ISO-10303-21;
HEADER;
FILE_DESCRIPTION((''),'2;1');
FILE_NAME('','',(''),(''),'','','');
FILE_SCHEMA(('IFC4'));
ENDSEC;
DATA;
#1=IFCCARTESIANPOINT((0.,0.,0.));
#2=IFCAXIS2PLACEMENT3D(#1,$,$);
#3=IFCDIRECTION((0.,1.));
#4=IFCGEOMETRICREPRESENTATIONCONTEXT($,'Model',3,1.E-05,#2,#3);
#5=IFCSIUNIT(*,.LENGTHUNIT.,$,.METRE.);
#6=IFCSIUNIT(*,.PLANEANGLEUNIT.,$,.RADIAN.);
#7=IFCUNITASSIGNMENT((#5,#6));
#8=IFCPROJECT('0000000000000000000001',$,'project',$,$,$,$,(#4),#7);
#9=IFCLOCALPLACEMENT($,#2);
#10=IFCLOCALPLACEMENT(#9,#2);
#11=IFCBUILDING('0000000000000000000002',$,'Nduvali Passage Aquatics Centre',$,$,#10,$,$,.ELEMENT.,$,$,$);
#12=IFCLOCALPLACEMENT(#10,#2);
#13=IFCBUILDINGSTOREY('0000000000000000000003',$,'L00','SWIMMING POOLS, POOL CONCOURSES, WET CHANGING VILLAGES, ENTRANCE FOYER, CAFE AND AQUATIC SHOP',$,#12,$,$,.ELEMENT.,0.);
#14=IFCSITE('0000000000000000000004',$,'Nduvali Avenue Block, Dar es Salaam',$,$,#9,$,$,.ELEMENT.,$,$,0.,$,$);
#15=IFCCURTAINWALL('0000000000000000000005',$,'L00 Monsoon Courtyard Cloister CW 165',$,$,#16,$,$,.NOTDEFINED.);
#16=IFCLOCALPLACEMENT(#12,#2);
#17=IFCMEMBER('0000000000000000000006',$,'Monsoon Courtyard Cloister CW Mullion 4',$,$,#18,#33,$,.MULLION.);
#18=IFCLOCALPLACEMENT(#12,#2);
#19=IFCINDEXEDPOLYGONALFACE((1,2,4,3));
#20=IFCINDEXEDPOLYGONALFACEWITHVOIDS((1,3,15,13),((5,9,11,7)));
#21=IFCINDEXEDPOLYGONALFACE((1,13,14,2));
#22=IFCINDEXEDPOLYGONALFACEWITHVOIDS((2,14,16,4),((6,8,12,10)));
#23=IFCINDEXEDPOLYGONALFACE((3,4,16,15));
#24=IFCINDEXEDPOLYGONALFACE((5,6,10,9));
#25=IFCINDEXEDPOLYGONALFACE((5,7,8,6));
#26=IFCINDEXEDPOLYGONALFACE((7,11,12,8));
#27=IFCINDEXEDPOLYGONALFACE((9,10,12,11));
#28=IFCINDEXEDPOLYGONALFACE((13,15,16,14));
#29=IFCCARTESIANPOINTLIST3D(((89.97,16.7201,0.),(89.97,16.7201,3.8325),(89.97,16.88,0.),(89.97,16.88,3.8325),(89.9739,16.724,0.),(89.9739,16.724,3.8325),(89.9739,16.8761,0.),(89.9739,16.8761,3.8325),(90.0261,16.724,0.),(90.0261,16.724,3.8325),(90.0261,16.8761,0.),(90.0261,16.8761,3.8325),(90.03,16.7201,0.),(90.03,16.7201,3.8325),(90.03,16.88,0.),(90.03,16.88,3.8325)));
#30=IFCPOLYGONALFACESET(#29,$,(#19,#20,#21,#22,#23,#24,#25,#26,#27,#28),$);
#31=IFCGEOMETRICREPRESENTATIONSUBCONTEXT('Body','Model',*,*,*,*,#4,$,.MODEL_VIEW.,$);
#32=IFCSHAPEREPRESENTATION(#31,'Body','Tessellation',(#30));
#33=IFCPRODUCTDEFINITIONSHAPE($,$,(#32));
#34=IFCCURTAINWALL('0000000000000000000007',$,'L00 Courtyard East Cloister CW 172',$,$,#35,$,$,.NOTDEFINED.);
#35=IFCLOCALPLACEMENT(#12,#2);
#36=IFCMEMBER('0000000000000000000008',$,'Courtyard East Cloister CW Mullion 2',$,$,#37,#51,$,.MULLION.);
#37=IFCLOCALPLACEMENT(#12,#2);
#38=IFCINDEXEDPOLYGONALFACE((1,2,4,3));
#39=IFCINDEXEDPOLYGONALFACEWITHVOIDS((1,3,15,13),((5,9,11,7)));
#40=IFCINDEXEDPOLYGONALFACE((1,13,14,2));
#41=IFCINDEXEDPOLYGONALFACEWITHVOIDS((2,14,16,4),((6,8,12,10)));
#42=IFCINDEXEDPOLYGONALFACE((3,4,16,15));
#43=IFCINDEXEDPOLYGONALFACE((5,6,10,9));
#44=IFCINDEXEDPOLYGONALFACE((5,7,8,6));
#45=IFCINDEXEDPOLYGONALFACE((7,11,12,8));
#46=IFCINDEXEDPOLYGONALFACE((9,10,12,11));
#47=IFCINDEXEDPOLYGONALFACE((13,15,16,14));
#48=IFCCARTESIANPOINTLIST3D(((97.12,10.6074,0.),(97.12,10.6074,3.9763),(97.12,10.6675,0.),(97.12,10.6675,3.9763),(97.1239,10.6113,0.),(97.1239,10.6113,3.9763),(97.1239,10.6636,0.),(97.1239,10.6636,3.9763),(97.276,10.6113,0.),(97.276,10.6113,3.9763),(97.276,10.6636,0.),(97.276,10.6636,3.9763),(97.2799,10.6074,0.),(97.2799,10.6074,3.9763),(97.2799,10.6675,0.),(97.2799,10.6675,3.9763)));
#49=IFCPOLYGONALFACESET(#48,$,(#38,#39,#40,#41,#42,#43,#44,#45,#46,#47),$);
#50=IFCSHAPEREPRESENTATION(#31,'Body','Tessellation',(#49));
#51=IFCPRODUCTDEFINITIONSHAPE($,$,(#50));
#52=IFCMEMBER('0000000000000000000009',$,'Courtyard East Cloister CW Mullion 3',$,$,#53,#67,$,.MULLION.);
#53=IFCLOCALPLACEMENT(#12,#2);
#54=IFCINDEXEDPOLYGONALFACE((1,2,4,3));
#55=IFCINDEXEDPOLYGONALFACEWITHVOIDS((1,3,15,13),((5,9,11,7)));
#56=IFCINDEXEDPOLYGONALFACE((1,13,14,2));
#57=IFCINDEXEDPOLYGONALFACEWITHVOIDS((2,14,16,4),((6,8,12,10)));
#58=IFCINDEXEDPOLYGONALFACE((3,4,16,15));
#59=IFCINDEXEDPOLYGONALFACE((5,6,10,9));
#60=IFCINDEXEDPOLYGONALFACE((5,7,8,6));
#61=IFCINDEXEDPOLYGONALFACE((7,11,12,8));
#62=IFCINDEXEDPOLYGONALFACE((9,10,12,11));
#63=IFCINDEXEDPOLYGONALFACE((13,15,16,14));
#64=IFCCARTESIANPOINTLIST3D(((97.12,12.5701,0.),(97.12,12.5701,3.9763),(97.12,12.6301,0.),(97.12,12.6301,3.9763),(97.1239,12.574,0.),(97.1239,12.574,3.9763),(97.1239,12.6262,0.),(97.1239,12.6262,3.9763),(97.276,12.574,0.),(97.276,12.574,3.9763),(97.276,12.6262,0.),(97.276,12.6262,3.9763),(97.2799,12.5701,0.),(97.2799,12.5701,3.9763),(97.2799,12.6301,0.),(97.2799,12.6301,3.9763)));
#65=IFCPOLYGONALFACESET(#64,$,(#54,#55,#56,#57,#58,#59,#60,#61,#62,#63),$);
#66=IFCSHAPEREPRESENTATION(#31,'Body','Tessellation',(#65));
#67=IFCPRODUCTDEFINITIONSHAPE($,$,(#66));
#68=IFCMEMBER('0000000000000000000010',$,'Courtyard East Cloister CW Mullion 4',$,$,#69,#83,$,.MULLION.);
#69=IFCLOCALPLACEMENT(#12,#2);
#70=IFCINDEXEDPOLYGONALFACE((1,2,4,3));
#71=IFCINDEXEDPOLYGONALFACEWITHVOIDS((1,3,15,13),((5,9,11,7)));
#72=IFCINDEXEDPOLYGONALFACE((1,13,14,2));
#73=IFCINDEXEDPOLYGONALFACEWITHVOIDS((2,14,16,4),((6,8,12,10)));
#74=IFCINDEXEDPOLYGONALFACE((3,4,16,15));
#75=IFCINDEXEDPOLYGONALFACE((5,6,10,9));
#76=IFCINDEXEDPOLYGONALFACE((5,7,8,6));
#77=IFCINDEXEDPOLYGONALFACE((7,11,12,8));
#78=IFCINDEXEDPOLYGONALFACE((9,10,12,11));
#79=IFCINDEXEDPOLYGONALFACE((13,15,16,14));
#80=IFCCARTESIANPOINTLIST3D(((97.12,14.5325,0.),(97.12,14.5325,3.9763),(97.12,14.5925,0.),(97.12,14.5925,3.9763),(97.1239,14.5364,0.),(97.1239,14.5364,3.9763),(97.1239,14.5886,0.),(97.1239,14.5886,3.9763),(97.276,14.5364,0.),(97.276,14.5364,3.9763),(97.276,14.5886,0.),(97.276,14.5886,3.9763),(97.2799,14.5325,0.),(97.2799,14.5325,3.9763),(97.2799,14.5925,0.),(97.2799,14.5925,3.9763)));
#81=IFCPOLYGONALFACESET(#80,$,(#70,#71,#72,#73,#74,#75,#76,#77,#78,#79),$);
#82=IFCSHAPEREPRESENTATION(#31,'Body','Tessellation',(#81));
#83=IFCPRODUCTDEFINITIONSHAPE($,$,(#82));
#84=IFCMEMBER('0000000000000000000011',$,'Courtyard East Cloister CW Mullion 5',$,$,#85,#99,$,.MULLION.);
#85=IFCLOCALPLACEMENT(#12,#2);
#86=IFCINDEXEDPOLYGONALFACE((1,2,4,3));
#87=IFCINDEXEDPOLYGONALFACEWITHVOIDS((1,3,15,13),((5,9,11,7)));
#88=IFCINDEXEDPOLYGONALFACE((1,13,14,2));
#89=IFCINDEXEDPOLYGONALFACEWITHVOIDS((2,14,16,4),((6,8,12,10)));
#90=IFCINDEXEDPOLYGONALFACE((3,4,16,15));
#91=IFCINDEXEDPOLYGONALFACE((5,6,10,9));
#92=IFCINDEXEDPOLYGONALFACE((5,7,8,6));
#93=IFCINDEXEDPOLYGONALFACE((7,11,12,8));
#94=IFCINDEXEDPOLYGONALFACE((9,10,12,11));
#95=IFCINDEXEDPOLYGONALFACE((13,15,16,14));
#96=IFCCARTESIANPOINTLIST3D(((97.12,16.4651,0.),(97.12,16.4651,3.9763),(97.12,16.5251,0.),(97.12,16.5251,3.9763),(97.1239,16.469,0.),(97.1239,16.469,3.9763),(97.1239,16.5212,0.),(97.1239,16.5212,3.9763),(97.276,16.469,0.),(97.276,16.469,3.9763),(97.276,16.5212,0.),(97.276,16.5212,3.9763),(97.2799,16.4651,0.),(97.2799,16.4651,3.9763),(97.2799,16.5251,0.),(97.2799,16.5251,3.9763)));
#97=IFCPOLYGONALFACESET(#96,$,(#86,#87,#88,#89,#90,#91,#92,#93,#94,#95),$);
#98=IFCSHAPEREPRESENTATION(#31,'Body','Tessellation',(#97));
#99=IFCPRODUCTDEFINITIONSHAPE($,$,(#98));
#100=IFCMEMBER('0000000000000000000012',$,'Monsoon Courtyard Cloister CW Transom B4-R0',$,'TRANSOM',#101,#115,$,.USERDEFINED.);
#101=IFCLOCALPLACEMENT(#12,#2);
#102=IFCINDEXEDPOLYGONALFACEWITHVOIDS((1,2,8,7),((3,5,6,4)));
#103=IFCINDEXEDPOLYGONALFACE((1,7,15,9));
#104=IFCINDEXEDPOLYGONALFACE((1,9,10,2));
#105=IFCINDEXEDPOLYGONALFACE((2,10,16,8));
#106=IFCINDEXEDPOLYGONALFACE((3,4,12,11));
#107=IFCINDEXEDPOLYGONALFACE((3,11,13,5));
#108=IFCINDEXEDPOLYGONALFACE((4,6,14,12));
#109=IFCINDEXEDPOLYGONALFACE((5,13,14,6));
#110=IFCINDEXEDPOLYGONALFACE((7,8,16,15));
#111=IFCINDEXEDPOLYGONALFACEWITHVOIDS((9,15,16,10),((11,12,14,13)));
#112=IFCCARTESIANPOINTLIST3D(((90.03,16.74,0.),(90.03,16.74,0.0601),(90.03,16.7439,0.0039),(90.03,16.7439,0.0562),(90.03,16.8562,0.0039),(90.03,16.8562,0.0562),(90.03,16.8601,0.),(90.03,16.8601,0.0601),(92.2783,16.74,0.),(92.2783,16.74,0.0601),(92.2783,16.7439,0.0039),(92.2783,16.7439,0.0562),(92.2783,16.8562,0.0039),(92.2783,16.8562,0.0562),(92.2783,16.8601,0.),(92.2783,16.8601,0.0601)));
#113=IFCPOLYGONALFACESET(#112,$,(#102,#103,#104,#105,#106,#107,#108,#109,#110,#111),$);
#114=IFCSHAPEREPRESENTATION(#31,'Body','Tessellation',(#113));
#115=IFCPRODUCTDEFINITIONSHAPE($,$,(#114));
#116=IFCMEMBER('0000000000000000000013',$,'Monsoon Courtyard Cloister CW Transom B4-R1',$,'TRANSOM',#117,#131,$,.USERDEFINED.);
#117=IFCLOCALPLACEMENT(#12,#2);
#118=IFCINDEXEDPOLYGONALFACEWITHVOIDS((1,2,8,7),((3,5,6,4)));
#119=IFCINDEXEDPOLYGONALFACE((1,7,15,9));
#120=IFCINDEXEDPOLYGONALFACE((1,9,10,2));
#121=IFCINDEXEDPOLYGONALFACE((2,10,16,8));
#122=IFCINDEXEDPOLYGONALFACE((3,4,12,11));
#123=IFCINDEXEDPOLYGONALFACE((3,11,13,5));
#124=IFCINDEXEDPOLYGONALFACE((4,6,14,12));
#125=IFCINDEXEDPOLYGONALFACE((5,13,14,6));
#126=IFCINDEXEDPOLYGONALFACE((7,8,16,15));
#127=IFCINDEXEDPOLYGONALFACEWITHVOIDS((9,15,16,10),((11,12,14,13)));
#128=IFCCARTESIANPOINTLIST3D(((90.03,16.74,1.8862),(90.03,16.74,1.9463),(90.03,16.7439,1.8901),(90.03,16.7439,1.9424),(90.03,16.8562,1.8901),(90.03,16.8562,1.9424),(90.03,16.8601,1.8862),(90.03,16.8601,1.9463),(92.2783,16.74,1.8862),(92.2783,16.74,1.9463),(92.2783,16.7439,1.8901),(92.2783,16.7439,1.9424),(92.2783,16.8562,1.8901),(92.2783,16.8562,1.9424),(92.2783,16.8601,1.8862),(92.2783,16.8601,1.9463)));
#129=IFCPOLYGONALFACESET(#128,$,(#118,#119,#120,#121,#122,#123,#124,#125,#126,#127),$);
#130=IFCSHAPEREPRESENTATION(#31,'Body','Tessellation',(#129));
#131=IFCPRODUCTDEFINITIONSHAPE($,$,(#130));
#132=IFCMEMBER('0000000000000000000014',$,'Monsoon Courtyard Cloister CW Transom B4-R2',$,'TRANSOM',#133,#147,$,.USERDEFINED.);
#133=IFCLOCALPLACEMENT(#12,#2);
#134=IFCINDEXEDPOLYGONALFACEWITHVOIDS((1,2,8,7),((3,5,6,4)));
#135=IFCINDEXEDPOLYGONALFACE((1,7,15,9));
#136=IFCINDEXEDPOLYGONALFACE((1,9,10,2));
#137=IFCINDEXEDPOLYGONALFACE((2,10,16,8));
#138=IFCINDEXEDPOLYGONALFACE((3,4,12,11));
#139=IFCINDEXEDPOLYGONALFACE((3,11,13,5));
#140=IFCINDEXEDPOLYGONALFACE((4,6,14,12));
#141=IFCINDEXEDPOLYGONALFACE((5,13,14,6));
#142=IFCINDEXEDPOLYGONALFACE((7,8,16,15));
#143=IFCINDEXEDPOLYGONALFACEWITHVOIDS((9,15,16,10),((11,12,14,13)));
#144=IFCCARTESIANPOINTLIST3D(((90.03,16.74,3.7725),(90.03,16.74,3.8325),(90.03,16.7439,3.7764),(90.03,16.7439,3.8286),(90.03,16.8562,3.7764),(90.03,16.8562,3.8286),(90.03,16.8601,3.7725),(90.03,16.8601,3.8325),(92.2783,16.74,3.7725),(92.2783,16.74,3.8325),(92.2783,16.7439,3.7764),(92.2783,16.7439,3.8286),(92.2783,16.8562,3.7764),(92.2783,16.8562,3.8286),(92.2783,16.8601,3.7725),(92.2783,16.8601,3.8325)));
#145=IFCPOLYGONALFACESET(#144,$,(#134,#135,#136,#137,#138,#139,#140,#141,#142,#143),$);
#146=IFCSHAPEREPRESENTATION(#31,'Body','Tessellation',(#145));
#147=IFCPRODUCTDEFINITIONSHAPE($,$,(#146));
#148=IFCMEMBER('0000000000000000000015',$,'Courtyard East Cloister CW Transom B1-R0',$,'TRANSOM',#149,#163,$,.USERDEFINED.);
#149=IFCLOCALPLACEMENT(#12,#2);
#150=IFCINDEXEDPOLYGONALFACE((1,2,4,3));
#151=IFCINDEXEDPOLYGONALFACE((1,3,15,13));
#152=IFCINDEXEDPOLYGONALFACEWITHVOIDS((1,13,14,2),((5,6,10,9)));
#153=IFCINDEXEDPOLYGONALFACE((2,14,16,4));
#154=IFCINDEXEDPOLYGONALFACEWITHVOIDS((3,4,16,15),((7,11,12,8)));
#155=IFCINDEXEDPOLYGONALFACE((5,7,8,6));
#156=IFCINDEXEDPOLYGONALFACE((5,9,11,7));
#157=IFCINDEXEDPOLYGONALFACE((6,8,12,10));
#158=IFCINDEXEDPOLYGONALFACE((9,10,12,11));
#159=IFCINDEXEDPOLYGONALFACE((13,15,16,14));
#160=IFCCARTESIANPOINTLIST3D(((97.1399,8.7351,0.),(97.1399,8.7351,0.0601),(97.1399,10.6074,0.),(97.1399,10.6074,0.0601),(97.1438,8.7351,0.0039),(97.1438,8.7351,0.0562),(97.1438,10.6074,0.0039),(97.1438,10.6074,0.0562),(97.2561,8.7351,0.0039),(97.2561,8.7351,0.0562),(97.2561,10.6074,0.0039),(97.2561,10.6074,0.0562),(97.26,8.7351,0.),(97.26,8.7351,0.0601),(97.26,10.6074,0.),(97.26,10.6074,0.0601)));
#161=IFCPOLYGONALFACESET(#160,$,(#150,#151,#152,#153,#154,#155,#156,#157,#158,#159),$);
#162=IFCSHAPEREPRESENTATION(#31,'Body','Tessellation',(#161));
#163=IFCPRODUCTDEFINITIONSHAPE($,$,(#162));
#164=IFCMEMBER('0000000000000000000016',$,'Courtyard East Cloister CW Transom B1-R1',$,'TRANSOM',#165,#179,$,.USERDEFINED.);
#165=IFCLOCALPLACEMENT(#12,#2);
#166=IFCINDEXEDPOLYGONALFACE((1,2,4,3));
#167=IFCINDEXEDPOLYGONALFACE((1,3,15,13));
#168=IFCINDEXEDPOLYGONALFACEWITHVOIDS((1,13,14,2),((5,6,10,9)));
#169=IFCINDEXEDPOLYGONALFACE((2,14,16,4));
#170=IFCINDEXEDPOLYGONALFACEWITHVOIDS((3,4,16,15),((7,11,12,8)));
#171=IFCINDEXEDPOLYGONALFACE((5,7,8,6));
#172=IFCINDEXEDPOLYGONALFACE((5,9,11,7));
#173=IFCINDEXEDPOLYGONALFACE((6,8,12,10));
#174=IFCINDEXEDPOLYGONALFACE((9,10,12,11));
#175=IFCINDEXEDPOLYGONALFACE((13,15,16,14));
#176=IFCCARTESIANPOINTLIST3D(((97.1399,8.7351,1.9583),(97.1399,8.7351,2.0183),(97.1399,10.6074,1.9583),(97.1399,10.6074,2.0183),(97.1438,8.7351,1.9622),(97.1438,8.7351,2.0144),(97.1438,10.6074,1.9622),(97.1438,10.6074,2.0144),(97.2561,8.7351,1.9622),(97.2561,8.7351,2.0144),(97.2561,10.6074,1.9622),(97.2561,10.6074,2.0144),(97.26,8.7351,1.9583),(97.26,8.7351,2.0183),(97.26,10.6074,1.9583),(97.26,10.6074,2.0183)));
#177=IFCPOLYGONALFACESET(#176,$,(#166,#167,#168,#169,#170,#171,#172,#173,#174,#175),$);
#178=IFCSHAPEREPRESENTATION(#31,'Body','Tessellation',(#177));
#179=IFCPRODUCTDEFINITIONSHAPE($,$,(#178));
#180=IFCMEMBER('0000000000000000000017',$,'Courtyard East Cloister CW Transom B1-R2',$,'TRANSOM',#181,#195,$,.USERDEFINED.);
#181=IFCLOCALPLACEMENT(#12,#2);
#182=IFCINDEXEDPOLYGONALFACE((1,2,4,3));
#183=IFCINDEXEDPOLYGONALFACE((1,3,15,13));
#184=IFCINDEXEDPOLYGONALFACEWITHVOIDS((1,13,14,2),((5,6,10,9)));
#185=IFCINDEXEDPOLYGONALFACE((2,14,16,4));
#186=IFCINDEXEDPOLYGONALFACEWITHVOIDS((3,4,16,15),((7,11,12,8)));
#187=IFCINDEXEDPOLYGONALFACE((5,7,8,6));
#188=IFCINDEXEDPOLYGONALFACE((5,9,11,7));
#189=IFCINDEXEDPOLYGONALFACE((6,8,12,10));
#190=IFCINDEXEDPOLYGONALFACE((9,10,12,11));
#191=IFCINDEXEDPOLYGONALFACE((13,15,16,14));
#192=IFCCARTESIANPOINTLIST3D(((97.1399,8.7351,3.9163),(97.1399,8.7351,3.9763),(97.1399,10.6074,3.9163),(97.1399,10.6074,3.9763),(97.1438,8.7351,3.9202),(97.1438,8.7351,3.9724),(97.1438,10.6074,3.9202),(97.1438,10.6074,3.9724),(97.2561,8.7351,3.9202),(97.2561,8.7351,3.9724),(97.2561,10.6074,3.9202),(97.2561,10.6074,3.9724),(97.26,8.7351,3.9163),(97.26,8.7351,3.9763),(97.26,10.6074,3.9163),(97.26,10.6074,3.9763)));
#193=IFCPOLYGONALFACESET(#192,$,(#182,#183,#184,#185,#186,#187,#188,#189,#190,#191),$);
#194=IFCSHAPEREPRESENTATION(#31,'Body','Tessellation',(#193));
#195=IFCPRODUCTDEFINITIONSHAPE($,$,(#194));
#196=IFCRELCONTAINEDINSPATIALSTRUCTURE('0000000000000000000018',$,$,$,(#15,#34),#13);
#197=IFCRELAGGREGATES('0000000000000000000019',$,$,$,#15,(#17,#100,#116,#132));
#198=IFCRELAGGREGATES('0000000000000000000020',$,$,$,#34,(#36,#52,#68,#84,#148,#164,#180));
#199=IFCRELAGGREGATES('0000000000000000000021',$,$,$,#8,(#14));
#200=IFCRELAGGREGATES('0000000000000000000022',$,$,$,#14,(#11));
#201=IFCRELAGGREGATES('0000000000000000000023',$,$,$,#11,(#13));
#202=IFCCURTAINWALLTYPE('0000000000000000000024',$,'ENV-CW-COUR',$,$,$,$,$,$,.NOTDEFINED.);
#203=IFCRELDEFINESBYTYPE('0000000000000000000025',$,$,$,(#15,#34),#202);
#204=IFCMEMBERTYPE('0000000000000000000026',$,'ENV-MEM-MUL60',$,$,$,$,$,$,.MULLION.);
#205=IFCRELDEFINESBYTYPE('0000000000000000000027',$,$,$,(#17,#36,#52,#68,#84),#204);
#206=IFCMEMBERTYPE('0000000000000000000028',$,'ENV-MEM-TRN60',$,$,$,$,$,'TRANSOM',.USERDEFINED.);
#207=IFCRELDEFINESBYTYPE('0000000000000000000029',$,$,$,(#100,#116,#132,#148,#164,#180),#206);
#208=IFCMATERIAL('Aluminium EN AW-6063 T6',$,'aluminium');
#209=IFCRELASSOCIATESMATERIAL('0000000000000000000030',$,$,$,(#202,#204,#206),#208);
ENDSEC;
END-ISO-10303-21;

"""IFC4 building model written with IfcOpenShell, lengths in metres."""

from ifc_helpers import new_model, si_unit, direction, frame, origin, origin_2d, place, context, subcontext, project, spatial, hollow_rectangle, extrude, material, material_profile, profile_set, type_object, element, aggregate, save


model = new_model("IFC4")

# Units and contexts
model_context = context("Model", 3, precision=1e-05, world=origin(), true_north=direction((0.0, 1.0)))
body_context = subcontext(model_context, "Body", "Model", "MODEL_VIEW")
ifc_project = project(units=[si_unit("LENGTHUNIT", "METRE"), si_unit("PLANEANGLEUNIT", "RADIAN")], contexts=[model_context])

# Site, building, storey
site_placement = place(None, origin())
site = spatial("IfcSite", under=ifc_project, at=site_placement, Name="Nduvali Avenue Block, Dar es Salaam", CompositionType="ELEMENT", RefElevation=0.0)
building_placement = place(site_placement, origin())
building = spatial("IfcBuilding", under=site, at=building_placement, Name="Nduvali Passage Aquatics Centre", CompositionType="ELEMENT")
storey_placement = place(building_placement, origin())
storey = spatial("IfcBuildingStorey", under=building, at=storey_placement, Name="L00", Description="SWIMMING POOLS, POOL CONCOURSES, WET CHANGING VILLAGES, ENTRANCE FOYER, CAFE AND AQUATIC SHOP", CompositionType="ELEMENT", Elevation=0.0)

# Curtain wall, member
ifc_material_1 = material(Name="Aluminium EN AW-6063 T6", Category="aluminium")
curtain_wall_type = type_object("IfcCurtainWallType", Name="ENV-CW-COUR", PredefinedType="NOTDEFINED", material=ifc_material_1)
curtain_wall_1_placement = place(storey_placement, origin())
curtain_wall_1 = element("IfcCurtainWall", 1, at=curtain_wall_1_placement, inside=storey, type_object=curtain_wall_type, Name="L00 Monsoon Courtyard Cloister CW 165", PredefinedType="NOTDEFINED")
ifc_material_profile_1 = material_profile(ifc_material_1, hollow_rectangle(XDim=0.0601, YDim=0.1599, WallThickness=0.0039, at=origin_2d()), Name="ALU MULLION 60x160x4")
ifc_profile_set_1 = profile_set([ifc_material_profile_1], Name="Aluminium EN AW-6063 T6")
member_type_1 = type_object("IfcMemberType", Name="ENV-MEM-MUL60", PredefinedType="MULLION", material=ifc_profile_set_1)
member_1_placement = place(storey_placement, frame((90.0, 16.8, 0.0), z_axis=(0.0, 0.0, 1.0), x_axis=(1.0, 0.0, 0.0)))
member_1 = element("IfcMember", 2, at=member_1_placement, type_object=member_type_1, Name="Monsoon Courtyard Cloister CW Mullion 4", PredefinedType="MULLION", context=body_context, shape_type="SweptSolid", body=[
    extrude(hollow_rectangle(XDim=0.0601, YDim=0.1599, WallThickness=0.0039, at=origin_2d()), origin(), (0.0, 0.0, 1.0), 3.8325),
])

# Curtain wall, members
curtain_wall_2_placement = place(storey_placement, origin())
curtain_wall_2 = element("IfcCurtainWall", 3, at=curtain_wall_2_placement, inside=storey, type_object=curtain_wall_type, Name="L00 Courtyard East Cloister CW 172", PredefinedType="NOTDEFINED")
member_2_placement = place(storey_placement, frame((97.2, 10.6375, 0.0), z_axis=(0.0, 0.0, 1.0), x_axis=(0.0, 1.0, 0.0)))
member_2 = element("IfcMember", 4, at=member_2_placement, type_object=member_type_1, Name="Courtyard East Cloister CW Mullion 2", PredefinedType="MULLION", context=body_context, shape_type="SweptSolid", body=[
    extrude(hollow_rectangle(XDim=0.0601, YDim=0.1599, WallThickness=0.0039, at=origin_2d()), origin(), (0.0, 0.0, 1.0), 3.9763),
])
member_3_placement = place(storey_placement, frame((97.2, 12.6001, 0.0), z_axis=(0.0, 0.0, 1.0), x_axis=(0.0, 1.0, 0.0)))
member_3 = element("IfcMember", 5, at=member_3_placement, type_object=member_type_1, Name="Courtyard East Cloister CW Mullion 3", PredefinedType="MULLION", context=body_context, shape_type="SweptSolid", body=[
    extrude(hollow_rectangle(XDim=0.0601, YDim=0.1599, WallThickness=0.0039, at=origin_2d()), origin(), (0.0, 0.0, 1.0), 3.9763),
])
member_4_placement = place(storey_placement, frame((97.2, 14.5625, 0.0), z_axis=(0.0, 0.0, 1.0), x_axis=(0.0, 1.0, 0.0)))
member_4 = element("IfcMember", 6, at=member_4_placement, type_object=member_type_1, Name="Courtyard East Cloister CW Mullion 4", PredefinedType="MULLION", context=body_context, shape_type="SweptSolid", body=[
    extrude(hollow_rectangle(XDim=0.0601, YDim=0.1599, WallThickness=0.0039, at=origin_2d()), origin(), (0.0, 0.0, 1.0), 3.9763),
])
member_5_placement = place(storey_placement, frame((97.2, 16.4951, 0.0), z_axis=(0.0, 0.0, 1.0), x_axis=(0.0, 1.0, 0.0)))
member_5 = element("IfcMember", 7, at=member_5_placement, type_object=member_type_1, Name="Courtyard East Cloister CW Mullion 5", PredefinedType="MULLION", context=body_context, shape_type="SweptSolid", body=[
    extrude(hollow_rectangle(XDim=0.0601, YDim=0.1599, WallThickness=0.0039, at=origin_2d()), origin(), (0.0, 0.0, 1.0), 3.9763),
])

# Members
ifc_material_profile_2 = material_profile(ifc_material_1, hollow_rectangle(XDim=0.1201, YDim=0.0601, WallThickness=0.0039, at=origin_2d()), Name="ALU TRANSOM 120x60x4")
ifc_profile_set_2 = profile_set([ifc_material_profile_2], Name="Aluminium EN AW-6063 T6")
member_type_2 = type_object("IfcMemberType", Name="ENV-MEM-TRN60", ElementType="TRANSOM", PredefinedType="USERDEFINED", material=ifc_profile_set_2)
member_6_placement = place(storey_placement, frame((90.03, 16.8, 0.03), z_axis=(1.0, 0.0, 0.0), x_axis=(0.0, 1.0, 0.0)))
member_6 = element("IfcMember", 8, at=member_6_placement, type_object=member_type_2, Name="Monsoon Courtyard Cloister CW Transom B4-R0", ObjectType="TRANSOM", PredefinedType="USERDEFINED", context=body_context, shape_type="SweptSolid", body=[
    extrude(hollow_rectangle(XDim=0.1201, YDim=0.0601, WallThickness=0.0039, at=origin_2d()), origin(), (0.0, 0.0, 1.0), 2.2483),
])
member_7_placement = place(storey_placement, frame((90.03, 16.8, 1.9163), z_axis=(1.0, 0.0, 0.0), x_axis=(0.0, 1.0, 0.0)))
member_7 = element("IfcMember", 9, at=member_7_placement, type_object=member_type_2, Name="Monsoon Courtyard Cloister CW Transom B4-R1", ObjectType="TRANSOM", PredefinedType="USERDEFINED", context=body_context, shape_type="SweptSolid", body=[
    extrude(hollow_rectangle(XDim=0.1201, YDim=0.0601, WallThickness=0.0039, at=origin_2d()), origin(), (0.0, 0.0, 1.0), 2.2483),
])
member_8_placement = place(storey_placement, frame((90.03, 16.8, 3.8025), z_axis=(1.0, 0.0, 0.0), x_axis=(0.0, 1.0, 0.0)))
member_8 = element("IfcMember", 10, at=member_8_placement, type_object=member_type_2, Name="Monsoon Courtyard Cloister CW Transom B4-R2", ObjectType="TRANSOM", PredefinedType="USERDEFINED", context=body_context, shape_type="SweptSolid", body=[
    extrude(hollow_rectangle(XDim=0.1201, YDim=0.0601, WallThickness=0.0039, at=origin_2d()), origin(), (0.0, 0.0, 1.0), 2.2483),
])
member_9_placement = place(storey_placement, frame((97.2, 8.7351, 0.03), z_axis=(0.0, 1.0, 0.0), x_axis=(-1.0, 0.0, 0.0)))
member_9 = element("IfcMember", 11, at=member_9_placement, type_object=member_type_2, Name="Courtyard East Cloister CW Transom B1-R0", ObjectType="TRANSOM", PredefinedType="USERDEFINED", context=body_context, shape_type="SweptSolid", body=[
    extrude(hollow_rectangle(XDim=0.1201, YDim=0.0601, WallThickness=0.0039, at=origin_2d()), origin(), (0.0, 0.0, 1.0), 1.8723),
])
member_10_placement = place(storey_placement, frame((97.2, 8.7351, 1.9883), z_axis=(0.0, 1.0, 0.0), x_axis=(-1.0, 0.0, 0.0)))
member_10 = element("IfcMember", 12, at=member_10_placement, type_object=member_type_2, Name="Courtyard East Cloister CW Transom B1-R1", ObjectType="TRANSOM", PredefinedType="USERDEFINED", context=body_context, shape_type="SweptSolid", body=[
    extrude(hollow_rectangle(XDim=0.1201, YDim=0.0601, WallThickness=0.0039, at=origin_2d()), origin(), (0.0, 0.0, 1.0), 1.8723),
])
member_11_placement = place(storey_placement, frame((97.2, 8.7351, 3.9463), z_axis=(0.0, 1.0, 0.0), x_axis=(-1.0, 0.0, 0.0)))
member_11 = element("IfcMember", 13, at=member_11_placement, type_object=member_type_2, Name="Courtyard East Cloister CW Transom B1-R2", ObjectType="TRANSOM", PredefinedType="USERDEFINED", context=body_context, shape_type="SweptSolid", body=[
    extrude(hollow_rectangle(XDim=0.1201, YDim=0.0601, WallThickness=0.0039, at=origin_2d()), origin(), (0.0, 0.0, 1.0), 1.8723),
])

aggregate(curtain_wall_1, [member_1, member_6, member_7, member_8])
aggregate(curtain_wall_2, [member_2, member_3, member_4, member_5, member_9, member_10, member_11])

save(model, "model.ifc")
